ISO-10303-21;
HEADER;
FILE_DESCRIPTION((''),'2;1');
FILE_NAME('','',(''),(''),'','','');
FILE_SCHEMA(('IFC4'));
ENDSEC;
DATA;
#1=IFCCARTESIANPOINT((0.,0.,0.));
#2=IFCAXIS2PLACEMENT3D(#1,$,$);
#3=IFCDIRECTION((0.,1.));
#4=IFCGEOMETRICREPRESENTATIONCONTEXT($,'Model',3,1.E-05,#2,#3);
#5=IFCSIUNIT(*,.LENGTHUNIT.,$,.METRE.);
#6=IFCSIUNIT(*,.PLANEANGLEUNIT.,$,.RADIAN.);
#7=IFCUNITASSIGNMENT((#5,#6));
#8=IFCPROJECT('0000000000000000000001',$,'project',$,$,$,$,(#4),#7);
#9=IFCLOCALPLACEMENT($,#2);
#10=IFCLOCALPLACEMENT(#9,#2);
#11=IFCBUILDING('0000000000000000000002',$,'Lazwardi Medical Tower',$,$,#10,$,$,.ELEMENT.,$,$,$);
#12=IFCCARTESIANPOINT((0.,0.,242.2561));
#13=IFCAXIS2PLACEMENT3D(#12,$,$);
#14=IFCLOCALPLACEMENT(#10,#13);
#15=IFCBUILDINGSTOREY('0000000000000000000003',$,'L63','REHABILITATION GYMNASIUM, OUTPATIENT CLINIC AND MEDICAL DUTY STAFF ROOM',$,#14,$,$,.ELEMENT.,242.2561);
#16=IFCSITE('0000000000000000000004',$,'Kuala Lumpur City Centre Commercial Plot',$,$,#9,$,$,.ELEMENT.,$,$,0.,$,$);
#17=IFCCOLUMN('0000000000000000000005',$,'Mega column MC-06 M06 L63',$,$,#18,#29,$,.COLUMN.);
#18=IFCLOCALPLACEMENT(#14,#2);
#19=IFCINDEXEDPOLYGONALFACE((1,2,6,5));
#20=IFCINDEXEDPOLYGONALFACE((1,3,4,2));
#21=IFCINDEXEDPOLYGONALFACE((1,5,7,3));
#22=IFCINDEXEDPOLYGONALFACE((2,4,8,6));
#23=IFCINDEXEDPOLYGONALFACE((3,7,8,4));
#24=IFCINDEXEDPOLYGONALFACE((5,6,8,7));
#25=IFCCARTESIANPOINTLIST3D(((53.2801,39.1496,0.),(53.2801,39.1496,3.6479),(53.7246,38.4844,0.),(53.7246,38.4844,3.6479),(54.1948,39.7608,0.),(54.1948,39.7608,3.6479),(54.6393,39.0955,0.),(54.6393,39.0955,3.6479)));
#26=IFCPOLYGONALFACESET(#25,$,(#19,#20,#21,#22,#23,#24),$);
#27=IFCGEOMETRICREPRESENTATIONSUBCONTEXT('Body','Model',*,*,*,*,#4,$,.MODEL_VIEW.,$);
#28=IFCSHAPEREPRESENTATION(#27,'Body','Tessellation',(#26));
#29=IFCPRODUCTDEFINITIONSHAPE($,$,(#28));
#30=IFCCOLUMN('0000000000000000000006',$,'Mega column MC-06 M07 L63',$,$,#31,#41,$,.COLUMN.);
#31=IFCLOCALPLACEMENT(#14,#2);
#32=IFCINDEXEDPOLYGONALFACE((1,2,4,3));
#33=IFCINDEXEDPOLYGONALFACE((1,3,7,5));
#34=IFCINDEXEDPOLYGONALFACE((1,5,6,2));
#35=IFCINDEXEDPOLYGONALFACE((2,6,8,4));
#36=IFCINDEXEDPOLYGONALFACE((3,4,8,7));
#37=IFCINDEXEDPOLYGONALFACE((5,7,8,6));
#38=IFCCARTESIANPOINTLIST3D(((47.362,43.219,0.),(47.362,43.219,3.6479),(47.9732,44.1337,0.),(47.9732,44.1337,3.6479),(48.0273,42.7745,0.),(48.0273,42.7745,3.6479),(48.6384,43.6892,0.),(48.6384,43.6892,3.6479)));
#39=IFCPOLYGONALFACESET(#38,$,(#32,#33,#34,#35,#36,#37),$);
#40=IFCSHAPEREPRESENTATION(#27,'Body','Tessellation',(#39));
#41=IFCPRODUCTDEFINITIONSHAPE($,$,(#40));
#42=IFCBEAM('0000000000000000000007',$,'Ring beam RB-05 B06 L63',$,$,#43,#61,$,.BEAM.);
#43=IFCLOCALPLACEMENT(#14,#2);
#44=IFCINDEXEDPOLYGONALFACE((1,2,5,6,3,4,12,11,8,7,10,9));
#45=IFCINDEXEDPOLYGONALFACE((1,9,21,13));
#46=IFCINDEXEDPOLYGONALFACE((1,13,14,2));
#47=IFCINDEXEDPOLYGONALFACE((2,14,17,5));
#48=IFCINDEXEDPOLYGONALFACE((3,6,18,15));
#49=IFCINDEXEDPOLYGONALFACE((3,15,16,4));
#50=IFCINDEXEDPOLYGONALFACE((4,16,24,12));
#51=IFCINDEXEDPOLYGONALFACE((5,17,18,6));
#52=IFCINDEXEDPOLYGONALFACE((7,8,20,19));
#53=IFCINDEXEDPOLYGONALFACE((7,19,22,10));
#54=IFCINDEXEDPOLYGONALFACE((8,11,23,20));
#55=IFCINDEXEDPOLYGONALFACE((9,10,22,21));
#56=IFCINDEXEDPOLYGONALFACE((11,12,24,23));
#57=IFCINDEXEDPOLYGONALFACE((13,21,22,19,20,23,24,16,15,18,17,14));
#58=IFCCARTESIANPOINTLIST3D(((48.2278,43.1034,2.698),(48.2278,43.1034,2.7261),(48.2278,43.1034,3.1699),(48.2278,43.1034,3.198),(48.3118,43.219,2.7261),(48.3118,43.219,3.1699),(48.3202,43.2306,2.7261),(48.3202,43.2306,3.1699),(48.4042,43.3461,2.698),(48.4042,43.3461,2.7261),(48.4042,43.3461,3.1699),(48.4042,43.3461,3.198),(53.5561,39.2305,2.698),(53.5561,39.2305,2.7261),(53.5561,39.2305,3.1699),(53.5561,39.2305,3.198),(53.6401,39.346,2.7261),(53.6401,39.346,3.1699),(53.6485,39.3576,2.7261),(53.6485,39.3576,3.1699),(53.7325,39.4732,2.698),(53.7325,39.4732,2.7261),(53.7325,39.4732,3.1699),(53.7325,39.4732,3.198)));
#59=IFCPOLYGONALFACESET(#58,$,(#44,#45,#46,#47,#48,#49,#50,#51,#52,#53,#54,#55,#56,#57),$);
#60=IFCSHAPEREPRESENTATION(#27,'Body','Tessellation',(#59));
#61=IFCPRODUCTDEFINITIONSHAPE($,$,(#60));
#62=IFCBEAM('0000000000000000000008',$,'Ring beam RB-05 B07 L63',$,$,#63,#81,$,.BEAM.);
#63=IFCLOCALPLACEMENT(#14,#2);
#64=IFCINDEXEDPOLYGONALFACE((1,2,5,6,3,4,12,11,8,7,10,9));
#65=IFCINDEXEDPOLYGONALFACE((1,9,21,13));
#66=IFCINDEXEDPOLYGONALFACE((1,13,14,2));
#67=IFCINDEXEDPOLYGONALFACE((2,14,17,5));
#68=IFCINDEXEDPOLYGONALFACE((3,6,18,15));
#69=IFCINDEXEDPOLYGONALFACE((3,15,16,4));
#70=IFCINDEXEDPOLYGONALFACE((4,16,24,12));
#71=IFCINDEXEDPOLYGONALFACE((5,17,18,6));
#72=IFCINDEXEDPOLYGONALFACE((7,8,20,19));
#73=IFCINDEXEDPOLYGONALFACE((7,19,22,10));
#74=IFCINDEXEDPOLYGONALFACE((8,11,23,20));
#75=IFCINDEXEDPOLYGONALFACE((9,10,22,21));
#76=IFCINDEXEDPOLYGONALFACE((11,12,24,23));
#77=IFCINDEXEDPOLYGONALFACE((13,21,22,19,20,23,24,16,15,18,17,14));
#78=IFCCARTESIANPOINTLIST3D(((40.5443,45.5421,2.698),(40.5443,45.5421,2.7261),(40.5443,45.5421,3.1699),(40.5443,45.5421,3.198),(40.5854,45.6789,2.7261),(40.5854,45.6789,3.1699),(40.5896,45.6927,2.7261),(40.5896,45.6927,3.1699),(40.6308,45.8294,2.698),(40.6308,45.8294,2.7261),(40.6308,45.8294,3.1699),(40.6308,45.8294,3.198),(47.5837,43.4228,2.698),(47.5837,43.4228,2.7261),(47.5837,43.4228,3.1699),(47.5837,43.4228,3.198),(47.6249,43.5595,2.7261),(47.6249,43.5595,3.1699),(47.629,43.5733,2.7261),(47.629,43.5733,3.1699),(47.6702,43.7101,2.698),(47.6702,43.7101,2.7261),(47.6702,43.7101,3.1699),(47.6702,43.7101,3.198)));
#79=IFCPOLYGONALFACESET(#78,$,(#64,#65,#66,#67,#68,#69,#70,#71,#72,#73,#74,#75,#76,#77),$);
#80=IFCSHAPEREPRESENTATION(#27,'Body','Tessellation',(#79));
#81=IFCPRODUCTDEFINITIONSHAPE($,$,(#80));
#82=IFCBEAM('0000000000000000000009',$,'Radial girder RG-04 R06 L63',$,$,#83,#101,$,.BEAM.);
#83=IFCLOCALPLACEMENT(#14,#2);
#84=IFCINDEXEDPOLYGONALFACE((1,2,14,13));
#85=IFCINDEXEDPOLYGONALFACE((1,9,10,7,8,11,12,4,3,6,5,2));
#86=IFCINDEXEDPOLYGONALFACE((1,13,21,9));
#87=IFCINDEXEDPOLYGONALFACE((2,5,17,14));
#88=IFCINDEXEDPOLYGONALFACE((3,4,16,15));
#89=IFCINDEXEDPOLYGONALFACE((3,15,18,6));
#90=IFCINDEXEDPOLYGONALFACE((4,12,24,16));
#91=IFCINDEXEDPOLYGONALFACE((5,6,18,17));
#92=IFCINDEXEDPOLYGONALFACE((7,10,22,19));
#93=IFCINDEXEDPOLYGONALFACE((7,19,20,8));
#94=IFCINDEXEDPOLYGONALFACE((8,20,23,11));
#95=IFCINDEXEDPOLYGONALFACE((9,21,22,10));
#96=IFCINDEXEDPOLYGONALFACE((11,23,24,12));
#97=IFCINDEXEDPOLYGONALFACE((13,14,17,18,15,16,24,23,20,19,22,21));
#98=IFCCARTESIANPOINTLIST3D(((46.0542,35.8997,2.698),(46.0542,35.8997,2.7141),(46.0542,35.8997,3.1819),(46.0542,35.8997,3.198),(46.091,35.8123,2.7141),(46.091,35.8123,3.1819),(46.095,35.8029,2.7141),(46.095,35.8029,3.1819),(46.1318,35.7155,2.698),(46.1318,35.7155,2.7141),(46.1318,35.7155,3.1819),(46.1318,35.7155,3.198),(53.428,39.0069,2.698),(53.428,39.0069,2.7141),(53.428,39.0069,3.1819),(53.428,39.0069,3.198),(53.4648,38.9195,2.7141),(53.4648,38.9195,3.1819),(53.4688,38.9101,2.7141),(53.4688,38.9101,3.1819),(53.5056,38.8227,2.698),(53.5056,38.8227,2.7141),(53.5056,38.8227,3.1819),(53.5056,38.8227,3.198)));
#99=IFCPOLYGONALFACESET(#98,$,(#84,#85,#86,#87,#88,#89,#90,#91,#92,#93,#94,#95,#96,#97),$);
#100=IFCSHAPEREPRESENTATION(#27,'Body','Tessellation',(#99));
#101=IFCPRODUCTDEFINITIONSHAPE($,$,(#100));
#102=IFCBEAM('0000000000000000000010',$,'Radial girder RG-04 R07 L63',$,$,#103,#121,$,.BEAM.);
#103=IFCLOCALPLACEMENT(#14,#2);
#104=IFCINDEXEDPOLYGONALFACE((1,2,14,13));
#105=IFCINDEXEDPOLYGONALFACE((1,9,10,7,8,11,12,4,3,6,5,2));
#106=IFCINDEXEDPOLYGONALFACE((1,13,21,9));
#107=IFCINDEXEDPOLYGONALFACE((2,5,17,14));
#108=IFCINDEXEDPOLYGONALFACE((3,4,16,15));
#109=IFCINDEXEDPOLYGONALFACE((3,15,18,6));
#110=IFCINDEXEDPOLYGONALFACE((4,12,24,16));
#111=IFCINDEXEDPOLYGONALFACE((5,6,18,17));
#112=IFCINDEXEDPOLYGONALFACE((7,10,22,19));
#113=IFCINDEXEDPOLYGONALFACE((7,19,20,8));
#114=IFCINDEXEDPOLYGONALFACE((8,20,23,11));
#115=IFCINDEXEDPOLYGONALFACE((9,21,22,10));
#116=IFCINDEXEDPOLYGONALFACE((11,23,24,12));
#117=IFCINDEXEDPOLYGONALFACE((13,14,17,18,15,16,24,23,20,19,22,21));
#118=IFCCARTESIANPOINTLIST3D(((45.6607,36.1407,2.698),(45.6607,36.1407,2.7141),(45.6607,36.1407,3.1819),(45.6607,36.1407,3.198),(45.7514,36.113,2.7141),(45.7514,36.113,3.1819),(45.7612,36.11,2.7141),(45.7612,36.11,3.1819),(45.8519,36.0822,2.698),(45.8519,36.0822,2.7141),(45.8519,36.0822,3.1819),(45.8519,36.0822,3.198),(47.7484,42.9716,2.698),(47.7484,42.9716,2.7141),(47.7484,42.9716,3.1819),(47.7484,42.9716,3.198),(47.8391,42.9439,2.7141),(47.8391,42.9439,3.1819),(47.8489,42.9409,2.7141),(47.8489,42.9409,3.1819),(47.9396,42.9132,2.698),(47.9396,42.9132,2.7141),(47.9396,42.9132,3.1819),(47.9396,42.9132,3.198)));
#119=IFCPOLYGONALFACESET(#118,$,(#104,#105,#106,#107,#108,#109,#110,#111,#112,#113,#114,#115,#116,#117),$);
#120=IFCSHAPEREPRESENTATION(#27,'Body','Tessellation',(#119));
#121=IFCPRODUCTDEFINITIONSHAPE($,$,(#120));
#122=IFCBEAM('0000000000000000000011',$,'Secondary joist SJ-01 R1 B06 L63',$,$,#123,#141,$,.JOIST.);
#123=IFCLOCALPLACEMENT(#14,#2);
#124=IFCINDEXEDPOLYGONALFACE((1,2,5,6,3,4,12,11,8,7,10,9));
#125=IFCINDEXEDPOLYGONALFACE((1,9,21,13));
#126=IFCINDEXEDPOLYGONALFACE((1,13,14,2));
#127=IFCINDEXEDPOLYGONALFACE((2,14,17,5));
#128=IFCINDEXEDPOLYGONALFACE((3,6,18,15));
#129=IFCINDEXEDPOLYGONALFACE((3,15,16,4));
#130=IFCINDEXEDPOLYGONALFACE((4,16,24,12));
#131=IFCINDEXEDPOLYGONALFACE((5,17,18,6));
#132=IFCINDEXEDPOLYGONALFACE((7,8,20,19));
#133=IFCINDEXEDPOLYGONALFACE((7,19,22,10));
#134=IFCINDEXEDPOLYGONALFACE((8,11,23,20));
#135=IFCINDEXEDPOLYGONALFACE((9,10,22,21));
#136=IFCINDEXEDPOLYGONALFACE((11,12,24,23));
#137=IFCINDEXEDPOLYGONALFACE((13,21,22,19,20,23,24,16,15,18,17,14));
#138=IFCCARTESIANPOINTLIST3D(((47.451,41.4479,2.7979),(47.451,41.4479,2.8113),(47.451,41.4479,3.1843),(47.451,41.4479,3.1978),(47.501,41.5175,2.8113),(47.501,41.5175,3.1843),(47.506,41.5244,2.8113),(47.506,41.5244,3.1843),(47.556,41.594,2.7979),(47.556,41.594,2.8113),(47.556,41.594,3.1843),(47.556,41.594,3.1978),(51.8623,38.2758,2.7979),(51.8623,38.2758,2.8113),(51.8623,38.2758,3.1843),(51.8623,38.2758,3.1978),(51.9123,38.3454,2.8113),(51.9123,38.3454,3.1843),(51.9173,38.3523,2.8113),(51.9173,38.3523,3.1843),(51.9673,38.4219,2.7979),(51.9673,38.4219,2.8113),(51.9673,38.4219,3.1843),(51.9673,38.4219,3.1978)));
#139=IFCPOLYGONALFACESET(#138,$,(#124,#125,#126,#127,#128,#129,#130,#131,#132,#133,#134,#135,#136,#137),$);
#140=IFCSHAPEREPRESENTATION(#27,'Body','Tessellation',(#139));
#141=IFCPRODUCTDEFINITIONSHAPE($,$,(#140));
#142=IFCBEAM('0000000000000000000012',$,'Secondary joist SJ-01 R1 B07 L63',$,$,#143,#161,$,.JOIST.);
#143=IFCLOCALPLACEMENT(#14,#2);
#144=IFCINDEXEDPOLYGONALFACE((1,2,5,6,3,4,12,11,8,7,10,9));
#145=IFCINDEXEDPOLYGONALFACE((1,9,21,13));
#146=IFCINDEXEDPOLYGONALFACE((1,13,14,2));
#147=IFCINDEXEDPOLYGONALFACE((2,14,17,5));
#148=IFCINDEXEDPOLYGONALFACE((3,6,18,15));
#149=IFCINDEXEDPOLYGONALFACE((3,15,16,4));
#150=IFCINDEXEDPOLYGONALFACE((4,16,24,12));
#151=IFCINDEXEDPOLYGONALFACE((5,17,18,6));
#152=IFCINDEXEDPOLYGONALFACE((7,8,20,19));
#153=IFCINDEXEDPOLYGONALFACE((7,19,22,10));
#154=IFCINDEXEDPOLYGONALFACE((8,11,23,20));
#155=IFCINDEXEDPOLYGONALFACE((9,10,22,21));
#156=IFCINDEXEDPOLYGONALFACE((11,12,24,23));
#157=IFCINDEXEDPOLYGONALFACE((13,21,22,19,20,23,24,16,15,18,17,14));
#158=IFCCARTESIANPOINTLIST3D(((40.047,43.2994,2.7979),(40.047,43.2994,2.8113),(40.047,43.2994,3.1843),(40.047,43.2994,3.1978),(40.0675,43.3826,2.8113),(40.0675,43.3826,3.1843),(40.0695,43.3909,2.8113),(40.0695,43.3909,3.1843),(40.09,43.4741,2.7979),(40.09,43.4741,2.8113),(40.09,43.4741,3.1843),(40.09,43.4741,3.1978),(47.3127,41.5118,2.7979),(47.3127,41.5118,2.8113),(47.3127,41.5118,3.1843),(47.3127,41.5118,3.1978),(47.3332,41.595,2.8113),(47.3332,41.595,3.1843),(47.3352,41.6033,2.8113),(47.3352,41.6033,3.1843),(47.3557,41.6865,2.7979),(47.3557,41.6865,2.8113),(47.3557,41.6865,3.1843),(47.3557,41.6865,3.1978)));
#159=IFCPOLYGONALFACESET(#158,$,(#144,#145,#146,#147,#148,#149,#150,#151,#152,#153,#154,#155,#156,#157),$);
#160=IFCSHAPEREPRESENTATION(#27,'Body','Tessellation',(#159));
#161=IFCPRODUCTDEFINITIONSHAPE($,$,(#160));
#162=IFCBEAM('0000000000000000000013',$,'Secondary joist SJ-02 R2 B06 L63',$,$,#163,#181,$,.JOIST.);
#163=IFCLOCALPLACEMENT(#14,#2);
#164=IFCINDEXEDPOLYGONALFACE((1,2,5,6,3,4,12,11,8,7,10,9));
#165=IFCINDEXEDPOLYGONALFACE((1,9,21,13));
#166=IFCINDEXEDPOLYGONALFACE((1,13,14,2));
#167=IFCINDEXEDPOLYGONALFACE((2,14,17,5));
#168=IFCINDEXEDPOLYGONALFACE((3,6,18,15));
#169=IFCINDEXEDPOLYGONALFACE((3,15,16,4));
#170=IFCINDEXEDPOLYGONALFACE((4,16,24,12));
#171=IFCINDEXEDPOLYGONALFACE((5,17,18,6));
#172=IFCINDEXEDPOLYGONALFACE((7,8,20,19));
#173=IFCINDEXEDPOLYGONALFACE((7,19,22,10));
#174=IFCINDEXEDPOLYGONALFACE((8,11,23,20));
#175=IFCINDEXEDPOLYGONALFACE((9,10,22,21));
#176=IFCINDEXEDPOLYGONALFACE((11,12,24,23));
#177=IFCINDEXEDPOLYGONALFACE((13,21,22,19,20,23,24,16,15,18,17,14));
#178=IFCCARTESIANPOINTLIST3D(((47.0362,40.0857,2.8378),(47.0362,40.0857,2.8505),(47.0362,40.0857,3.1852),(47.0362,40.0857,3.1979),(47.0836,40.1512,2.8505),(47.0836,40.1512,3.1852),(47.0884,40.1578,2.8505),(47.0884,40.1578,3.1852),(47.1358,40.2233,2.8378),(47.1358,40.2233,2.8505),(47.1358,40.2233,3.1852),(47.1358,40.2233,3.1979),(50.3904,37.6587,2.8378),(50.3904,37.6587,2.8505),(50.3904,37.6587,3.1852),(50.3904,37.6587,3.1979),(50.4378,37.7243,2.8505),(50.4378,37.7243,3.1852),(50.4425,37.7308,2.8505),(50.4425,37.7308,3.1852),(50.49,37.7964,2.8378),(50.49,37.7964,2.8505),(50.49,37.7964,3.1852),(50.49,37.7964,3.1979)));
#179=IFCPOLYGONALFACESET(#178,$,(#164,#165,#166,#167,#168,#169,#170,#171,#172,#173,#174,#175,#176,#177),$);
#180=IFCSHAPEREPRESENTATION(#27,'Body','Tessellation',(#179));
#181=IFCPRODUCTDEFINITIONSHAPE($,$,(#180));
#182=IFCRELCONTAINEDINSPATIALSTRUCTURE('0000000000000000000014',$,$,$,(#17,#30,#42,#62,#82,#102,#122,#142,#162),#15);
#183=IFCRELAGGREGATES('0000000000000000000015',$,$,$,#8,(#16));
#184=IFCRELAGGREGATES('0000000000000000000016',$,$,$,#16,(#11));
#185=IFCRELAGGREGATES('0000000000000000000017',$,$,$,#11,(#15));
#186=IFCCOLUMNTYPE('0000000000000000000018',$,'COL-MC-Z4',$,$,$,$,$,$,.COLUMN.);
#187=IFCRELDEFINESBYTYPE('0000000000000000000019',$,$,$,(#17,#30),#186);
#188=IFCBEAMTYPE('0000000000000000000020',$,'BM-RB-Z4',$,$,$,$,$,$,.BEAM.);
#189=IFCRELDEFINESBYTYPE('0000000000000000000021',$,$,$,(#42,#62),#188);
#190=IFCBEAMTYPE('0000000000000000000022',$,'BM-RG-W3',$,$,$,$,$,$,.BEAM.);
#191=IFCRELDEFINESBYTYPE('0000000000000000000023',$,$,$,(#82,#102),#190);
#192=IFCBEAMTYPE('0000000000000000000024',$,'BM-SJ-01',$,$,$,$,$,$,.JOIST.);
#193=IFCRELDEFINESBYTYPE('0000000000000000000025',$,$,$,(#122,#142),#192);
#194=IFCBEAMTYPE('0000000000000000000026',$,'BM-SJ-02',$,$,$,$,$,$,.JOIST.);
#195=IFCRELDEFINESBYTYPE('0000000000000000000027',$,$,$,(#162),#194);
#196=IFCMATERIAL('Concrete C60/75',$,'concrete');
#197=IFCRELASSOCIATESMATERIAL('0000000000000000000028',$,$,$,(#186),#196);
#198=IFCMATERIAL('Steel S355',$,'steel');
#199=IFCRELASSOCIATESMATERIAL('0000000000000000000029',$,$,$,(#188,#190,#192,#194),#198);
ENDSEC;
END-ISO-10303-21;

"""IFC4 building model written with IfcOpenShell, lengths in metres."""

from ifc_helpers import new_model, si_unit, direction, frame, origin, origin_2d, place, context, subcontext, project, spatial, rectangle, i_section, extrude, material, material_profile, profile_set, type_object, element, save


model = new_model("IFC4")

# Units and contexts
model_context = context("Model", 3, precision=1e-05, world=origin(), true_north=direction((0.0, 1.0)))
body_context = subcontext(model_context, "Body", "Model", "MODEL_VIEW")
ifc_project = project(units=[si_unit("LENGTHUNIT", "METRE"), si_unit("PLANEANGLEUNIT", "RADIAN")], contexts=[model_context])

# Site, building, storey
site_placement = place(None, origin())
site = spatial("IfcSite", under=ifc_project, at=site_placement, Name="Kuala Lumpur City Centre Commercial Plot", CompositionType="ELEMENT", RefElevation=0.0)
building_placement = place(site_placement, origin())
building = spatial("IfcBuilding", under=site, at=building_placement, Name="Lazwardi Medical Tower", CompositionType="ELEMENT")
storey_placement = place(building_placement, frame((0.0, 0.0, 242.2561)))
storey = spatial("IfcBuildingStorey", under=building, at=storey_placement, Name="L63", Description="REHABILITATION GYMNASIUM, OUTPATIENT CLINIC AND MEDICAL DUTY STAFF ROOM", CompositionType="ELEMENT", Elevation=242.2561)

# Columns
ifc_material_1 = material(Name="Concrete C60/75", Category="concrete")
ifc_material_profile_1 = material_profile(ifc_material_1, rectangle(XDim=1.1001, YDim=0.8, at=origin_2d()), Name="CFT-RECT 1100x800")
ifc_profile_set_1 = profile_set([ifc_material_profile_1], Name="Concrete C60/75")
column_type = type_object("IfcColumnType", Name="COL-MC-Z4", PredefinedType="COLUMN", material=ifc_profile_set_1)
for number, where, z_axis, x_axis, name in (
    (1, (53.9597, 39.1226, 0.0), (0.0, 0.0, 1.0), (0.83147, 0.55557, 0.0), "Mega column MC-06 M06 L63"),
    (2, (48.0002, 43.4541, 0.0), (0.0, 0.0, 1.0), (0.55557, 0.83147, 0.0), "Mega column MC-06 M07 L63"),
):
    element("IfcColumn", number, at=place(storey_placement, frame(where, z_axis=z_axis, x_axis=x_axis)), inside=storey, type_object=column_type, Name=name, PredefinedType="COLUMN", context=body_context, shape_type="SweptSolid", body=[
        extrude(rectangle(XDim=1.1001, YDim=0.8, at=origin_2d()), origin(), (0.0, 0.0, 1.0), 3.6479),
    ])

# Beams
ifc_material_2 = material(Name="Steel S355", Category="steel")
ifc_material_profile_2 = material_profile(ifc_material_2, i_section(OverallWidth=0.3, OverallDepth=0.5, WebThickness=0.0144, FlangeThickness=0.0281, at=origin_2d()), Name="HEB 500")
ifc_profile_set_2 = profile_set([ifc_material_profile_2], Name="Steel S355")
beam_type_1 = type_object("IfcBeamType", Name="BM-RB-Z4", PredefinedType="BEAM", material=ifc_profile_set_2)
beam_1_placement = place(storey_placement, frame((53.6443, 39.3518, 2.948), z_axis=(-0.80889, 0.58796, 0.0), x_axis=(-0.58796, -0.80889, 0.0)))
element("IfcBeam", 3, at=beam_1_placement, inside=storey, type_object=beam_type_1, Name="Ring beam RB-05 B06 L63", PredefinedType="BEAM", context=body_context, shape_type="SweptSolid", body=[
    extrude(i_section(OverallWidth=0.3, OverallDepth=0.5, WebThickness=0.0144, FlangeThickness=0.0281, at=origin_2d()), origin(), (0.0, 0.0, 1.0), 6.5872),
])
beam_2_placement = place(storey_placement, frame((47.627, 43.5664, 2.948), z_axis=(-0.957544, 0.288286, 0.0), x_axis=(-0.288286, -0.957544, 0.0)))
element("IfcBeam", 4, at=beam_2_placement, inside=storey, type_object=beam_type_1, Name="Ring beam RB-05 B07 L63", PredefinedType="BEAM", context=body_context, shape_type="SweptSolid", body=[
    extrude(i_section(OverallWidth=0.3, OverallDepth=0.5, WebThickness=0.0144, FlangeThickness=0.0281, at=origin_2d()), origin(), (0.0, 0.0, 1.0), 7.3516),
])
ifc_material_profile_3 = material_profile(ifc_material_2, i_section(OverallWidth=0.2, OverallDepth=0.5, WebThickness=0.0103, FlangeThickness=0.0161, at=origin_2d()), Name="IPE 500")
ifc_profile_set_3 = profile_set([ifc_material_profile_3], Name="Steel S355")
beam_type_2 = type_object("IfcBeamType", Name="BM-RG-W3", PredefinedType="BEAM", material=ifc_profile_set_3)
beam_3_placement = place(storey_placement, frame((53.4668, 38.9148, 2.948), z_axis=(-0.921527, -0.388315, 0.0), x_axis=(0.388315, -0.921527, 0.0)))
element("IfcBeam", 5, at=beam_3_placement, inside=storey, type_object=beam_type_2, Name="Radial girder RG-04 R06 L63", PredefinedType="BEAM", context=body_context, shape_type="SweptSolid", body=[
    extrude(i_section(OverallWidth=0.2, OverallDepth=0.5, WebThickness=0.0103, FlangeThickness=0.0161, at=origin_2d()), origin(), (0.0, 0.0, 1.0), 8.0017),
])
beam_4_placement = place(storey_placement, frame((47.844, 42.9424, 2.948), z_axis=(-0.292277, -0.956334, 0.0), x_axis=(0.956334, -0.292277, 0.0)))
element("IfcBeam", 6, at=beam_4_placement, inside=storey, type_object=beam_type_2, Name="Radial girder RG-04 R07 L63", PredefinedType="BEAM", context=body_context, shape_type="SweptSolid", body=[
    extrude(i_section(OverallWidth=0.2, OverallDepth=0.5, WebThickness=0.0103, FlangeThickness=0.0161, at=origin_2d()), origin(), (0.0, 0.0, 1.0), 7.1428),
])
ifc_material_profile_4 = material_profile(ifc_material_2, i_section(OverallWidth=0.1799, OverallDepth=0.3999, WebThickness=0.0085, FlangeThickness=0.0134, at=origin_2d()), Name="IPE 400")
ifc_profile_set_4 = profile_set([ifc_material_profile_4], Name="Steel S355")
beam_type_3 = type_object("IfcBeamType", Name="BM-SJ-01", PredefinedType="JOIST", material=ifc_profile_set_4)
beam_5_placement = place(storey_placement, frame((51.9148, 38.3489, 2.9978), z_axis=(-0.81189, 0.583811, 0.0), x_axis=(-0.583811, -0.81189, 0.0)))
element("IfcBeam", 7, at=beam_5_placement, inside=storey, type_object=beam_type_3, Name="Secondary joist SJ-01 R1 B06 L63", PredefinedType="JOIST", context=body_context, shape_type="SweptSolid", body=[
    extrude(i_section(OverallWidth=0.1799, OverallDepth=0.3999, WebThickness=0.0085, FlangeThickness=0.0134, at=origin_2d()), origin(), (0.0, 0.0, 1.0), 5.4333),
])
beam_6_placement = place(storey_placement, frame((47.3342, 41.5991, 2.9978), z_axis=(-0.971042, 0.23891, 0.0), x_axis=(-0.23891, -0.971042, 0.0)))
element("IfcBeam", 8, at=beam_6_placement, inside=storey, type_object=beam_type_3, Name="Secondary joist SJ-01 R1 B07 L63", PredefinedType="JOIST", context=body_context, shape_type="SweptSolid", body=[
    extrude(i_section(OverallWidth=0.1799, OverallDepth=0.3999, WebThickness=0.0085, FlangeThickness=0.0134, at=origin_2d()), origin(), (0.0, 0.0, 1.0), 7.4824),
])
ifc_material_profile_5 = material_profile(ifc_material_2, i_section(OverallWidth=0.1699, OverallDepth=0.3601, WebThickness=0.0081, FlangeThickness=0.0127, at=origin_2d()), Name="IPE 360")
ifc_profile_set_5 = profile_set([ifc_material_profile_5], Name="Steel S355")
beam_type_4 = type_object("IfcBeamType", Name="BM-SJ-02", PredefinedType="JOIST", material=ifc_profile_set_5)
beam_7_placement = place(storey_placement, frame((50.4402, 37.7275, 3.0178), z_axis=(-0.810164, 0.586203, 0.0), x_axis=(-0.586203, -0.810164, 0.0)))
element("IfcBeam", 9, at=beam_7_placement, inside=storey, type_object=beam_type_4, Name="Secondary joist SJ-02 R2 B06 L63", PredefinedType="JOIST", context=body_context, shape_type="SweptSolid", body=[
    extrude(i_section(OverallWidth=0.1699, OverallDepth=0.3601, WebThickness=0.0081, FlangeThickness=0.0127, at=origin_2d()), origin(), (0.0, 0.0, 1.0), 4.1401),
])

save(model, "model.ifc")
